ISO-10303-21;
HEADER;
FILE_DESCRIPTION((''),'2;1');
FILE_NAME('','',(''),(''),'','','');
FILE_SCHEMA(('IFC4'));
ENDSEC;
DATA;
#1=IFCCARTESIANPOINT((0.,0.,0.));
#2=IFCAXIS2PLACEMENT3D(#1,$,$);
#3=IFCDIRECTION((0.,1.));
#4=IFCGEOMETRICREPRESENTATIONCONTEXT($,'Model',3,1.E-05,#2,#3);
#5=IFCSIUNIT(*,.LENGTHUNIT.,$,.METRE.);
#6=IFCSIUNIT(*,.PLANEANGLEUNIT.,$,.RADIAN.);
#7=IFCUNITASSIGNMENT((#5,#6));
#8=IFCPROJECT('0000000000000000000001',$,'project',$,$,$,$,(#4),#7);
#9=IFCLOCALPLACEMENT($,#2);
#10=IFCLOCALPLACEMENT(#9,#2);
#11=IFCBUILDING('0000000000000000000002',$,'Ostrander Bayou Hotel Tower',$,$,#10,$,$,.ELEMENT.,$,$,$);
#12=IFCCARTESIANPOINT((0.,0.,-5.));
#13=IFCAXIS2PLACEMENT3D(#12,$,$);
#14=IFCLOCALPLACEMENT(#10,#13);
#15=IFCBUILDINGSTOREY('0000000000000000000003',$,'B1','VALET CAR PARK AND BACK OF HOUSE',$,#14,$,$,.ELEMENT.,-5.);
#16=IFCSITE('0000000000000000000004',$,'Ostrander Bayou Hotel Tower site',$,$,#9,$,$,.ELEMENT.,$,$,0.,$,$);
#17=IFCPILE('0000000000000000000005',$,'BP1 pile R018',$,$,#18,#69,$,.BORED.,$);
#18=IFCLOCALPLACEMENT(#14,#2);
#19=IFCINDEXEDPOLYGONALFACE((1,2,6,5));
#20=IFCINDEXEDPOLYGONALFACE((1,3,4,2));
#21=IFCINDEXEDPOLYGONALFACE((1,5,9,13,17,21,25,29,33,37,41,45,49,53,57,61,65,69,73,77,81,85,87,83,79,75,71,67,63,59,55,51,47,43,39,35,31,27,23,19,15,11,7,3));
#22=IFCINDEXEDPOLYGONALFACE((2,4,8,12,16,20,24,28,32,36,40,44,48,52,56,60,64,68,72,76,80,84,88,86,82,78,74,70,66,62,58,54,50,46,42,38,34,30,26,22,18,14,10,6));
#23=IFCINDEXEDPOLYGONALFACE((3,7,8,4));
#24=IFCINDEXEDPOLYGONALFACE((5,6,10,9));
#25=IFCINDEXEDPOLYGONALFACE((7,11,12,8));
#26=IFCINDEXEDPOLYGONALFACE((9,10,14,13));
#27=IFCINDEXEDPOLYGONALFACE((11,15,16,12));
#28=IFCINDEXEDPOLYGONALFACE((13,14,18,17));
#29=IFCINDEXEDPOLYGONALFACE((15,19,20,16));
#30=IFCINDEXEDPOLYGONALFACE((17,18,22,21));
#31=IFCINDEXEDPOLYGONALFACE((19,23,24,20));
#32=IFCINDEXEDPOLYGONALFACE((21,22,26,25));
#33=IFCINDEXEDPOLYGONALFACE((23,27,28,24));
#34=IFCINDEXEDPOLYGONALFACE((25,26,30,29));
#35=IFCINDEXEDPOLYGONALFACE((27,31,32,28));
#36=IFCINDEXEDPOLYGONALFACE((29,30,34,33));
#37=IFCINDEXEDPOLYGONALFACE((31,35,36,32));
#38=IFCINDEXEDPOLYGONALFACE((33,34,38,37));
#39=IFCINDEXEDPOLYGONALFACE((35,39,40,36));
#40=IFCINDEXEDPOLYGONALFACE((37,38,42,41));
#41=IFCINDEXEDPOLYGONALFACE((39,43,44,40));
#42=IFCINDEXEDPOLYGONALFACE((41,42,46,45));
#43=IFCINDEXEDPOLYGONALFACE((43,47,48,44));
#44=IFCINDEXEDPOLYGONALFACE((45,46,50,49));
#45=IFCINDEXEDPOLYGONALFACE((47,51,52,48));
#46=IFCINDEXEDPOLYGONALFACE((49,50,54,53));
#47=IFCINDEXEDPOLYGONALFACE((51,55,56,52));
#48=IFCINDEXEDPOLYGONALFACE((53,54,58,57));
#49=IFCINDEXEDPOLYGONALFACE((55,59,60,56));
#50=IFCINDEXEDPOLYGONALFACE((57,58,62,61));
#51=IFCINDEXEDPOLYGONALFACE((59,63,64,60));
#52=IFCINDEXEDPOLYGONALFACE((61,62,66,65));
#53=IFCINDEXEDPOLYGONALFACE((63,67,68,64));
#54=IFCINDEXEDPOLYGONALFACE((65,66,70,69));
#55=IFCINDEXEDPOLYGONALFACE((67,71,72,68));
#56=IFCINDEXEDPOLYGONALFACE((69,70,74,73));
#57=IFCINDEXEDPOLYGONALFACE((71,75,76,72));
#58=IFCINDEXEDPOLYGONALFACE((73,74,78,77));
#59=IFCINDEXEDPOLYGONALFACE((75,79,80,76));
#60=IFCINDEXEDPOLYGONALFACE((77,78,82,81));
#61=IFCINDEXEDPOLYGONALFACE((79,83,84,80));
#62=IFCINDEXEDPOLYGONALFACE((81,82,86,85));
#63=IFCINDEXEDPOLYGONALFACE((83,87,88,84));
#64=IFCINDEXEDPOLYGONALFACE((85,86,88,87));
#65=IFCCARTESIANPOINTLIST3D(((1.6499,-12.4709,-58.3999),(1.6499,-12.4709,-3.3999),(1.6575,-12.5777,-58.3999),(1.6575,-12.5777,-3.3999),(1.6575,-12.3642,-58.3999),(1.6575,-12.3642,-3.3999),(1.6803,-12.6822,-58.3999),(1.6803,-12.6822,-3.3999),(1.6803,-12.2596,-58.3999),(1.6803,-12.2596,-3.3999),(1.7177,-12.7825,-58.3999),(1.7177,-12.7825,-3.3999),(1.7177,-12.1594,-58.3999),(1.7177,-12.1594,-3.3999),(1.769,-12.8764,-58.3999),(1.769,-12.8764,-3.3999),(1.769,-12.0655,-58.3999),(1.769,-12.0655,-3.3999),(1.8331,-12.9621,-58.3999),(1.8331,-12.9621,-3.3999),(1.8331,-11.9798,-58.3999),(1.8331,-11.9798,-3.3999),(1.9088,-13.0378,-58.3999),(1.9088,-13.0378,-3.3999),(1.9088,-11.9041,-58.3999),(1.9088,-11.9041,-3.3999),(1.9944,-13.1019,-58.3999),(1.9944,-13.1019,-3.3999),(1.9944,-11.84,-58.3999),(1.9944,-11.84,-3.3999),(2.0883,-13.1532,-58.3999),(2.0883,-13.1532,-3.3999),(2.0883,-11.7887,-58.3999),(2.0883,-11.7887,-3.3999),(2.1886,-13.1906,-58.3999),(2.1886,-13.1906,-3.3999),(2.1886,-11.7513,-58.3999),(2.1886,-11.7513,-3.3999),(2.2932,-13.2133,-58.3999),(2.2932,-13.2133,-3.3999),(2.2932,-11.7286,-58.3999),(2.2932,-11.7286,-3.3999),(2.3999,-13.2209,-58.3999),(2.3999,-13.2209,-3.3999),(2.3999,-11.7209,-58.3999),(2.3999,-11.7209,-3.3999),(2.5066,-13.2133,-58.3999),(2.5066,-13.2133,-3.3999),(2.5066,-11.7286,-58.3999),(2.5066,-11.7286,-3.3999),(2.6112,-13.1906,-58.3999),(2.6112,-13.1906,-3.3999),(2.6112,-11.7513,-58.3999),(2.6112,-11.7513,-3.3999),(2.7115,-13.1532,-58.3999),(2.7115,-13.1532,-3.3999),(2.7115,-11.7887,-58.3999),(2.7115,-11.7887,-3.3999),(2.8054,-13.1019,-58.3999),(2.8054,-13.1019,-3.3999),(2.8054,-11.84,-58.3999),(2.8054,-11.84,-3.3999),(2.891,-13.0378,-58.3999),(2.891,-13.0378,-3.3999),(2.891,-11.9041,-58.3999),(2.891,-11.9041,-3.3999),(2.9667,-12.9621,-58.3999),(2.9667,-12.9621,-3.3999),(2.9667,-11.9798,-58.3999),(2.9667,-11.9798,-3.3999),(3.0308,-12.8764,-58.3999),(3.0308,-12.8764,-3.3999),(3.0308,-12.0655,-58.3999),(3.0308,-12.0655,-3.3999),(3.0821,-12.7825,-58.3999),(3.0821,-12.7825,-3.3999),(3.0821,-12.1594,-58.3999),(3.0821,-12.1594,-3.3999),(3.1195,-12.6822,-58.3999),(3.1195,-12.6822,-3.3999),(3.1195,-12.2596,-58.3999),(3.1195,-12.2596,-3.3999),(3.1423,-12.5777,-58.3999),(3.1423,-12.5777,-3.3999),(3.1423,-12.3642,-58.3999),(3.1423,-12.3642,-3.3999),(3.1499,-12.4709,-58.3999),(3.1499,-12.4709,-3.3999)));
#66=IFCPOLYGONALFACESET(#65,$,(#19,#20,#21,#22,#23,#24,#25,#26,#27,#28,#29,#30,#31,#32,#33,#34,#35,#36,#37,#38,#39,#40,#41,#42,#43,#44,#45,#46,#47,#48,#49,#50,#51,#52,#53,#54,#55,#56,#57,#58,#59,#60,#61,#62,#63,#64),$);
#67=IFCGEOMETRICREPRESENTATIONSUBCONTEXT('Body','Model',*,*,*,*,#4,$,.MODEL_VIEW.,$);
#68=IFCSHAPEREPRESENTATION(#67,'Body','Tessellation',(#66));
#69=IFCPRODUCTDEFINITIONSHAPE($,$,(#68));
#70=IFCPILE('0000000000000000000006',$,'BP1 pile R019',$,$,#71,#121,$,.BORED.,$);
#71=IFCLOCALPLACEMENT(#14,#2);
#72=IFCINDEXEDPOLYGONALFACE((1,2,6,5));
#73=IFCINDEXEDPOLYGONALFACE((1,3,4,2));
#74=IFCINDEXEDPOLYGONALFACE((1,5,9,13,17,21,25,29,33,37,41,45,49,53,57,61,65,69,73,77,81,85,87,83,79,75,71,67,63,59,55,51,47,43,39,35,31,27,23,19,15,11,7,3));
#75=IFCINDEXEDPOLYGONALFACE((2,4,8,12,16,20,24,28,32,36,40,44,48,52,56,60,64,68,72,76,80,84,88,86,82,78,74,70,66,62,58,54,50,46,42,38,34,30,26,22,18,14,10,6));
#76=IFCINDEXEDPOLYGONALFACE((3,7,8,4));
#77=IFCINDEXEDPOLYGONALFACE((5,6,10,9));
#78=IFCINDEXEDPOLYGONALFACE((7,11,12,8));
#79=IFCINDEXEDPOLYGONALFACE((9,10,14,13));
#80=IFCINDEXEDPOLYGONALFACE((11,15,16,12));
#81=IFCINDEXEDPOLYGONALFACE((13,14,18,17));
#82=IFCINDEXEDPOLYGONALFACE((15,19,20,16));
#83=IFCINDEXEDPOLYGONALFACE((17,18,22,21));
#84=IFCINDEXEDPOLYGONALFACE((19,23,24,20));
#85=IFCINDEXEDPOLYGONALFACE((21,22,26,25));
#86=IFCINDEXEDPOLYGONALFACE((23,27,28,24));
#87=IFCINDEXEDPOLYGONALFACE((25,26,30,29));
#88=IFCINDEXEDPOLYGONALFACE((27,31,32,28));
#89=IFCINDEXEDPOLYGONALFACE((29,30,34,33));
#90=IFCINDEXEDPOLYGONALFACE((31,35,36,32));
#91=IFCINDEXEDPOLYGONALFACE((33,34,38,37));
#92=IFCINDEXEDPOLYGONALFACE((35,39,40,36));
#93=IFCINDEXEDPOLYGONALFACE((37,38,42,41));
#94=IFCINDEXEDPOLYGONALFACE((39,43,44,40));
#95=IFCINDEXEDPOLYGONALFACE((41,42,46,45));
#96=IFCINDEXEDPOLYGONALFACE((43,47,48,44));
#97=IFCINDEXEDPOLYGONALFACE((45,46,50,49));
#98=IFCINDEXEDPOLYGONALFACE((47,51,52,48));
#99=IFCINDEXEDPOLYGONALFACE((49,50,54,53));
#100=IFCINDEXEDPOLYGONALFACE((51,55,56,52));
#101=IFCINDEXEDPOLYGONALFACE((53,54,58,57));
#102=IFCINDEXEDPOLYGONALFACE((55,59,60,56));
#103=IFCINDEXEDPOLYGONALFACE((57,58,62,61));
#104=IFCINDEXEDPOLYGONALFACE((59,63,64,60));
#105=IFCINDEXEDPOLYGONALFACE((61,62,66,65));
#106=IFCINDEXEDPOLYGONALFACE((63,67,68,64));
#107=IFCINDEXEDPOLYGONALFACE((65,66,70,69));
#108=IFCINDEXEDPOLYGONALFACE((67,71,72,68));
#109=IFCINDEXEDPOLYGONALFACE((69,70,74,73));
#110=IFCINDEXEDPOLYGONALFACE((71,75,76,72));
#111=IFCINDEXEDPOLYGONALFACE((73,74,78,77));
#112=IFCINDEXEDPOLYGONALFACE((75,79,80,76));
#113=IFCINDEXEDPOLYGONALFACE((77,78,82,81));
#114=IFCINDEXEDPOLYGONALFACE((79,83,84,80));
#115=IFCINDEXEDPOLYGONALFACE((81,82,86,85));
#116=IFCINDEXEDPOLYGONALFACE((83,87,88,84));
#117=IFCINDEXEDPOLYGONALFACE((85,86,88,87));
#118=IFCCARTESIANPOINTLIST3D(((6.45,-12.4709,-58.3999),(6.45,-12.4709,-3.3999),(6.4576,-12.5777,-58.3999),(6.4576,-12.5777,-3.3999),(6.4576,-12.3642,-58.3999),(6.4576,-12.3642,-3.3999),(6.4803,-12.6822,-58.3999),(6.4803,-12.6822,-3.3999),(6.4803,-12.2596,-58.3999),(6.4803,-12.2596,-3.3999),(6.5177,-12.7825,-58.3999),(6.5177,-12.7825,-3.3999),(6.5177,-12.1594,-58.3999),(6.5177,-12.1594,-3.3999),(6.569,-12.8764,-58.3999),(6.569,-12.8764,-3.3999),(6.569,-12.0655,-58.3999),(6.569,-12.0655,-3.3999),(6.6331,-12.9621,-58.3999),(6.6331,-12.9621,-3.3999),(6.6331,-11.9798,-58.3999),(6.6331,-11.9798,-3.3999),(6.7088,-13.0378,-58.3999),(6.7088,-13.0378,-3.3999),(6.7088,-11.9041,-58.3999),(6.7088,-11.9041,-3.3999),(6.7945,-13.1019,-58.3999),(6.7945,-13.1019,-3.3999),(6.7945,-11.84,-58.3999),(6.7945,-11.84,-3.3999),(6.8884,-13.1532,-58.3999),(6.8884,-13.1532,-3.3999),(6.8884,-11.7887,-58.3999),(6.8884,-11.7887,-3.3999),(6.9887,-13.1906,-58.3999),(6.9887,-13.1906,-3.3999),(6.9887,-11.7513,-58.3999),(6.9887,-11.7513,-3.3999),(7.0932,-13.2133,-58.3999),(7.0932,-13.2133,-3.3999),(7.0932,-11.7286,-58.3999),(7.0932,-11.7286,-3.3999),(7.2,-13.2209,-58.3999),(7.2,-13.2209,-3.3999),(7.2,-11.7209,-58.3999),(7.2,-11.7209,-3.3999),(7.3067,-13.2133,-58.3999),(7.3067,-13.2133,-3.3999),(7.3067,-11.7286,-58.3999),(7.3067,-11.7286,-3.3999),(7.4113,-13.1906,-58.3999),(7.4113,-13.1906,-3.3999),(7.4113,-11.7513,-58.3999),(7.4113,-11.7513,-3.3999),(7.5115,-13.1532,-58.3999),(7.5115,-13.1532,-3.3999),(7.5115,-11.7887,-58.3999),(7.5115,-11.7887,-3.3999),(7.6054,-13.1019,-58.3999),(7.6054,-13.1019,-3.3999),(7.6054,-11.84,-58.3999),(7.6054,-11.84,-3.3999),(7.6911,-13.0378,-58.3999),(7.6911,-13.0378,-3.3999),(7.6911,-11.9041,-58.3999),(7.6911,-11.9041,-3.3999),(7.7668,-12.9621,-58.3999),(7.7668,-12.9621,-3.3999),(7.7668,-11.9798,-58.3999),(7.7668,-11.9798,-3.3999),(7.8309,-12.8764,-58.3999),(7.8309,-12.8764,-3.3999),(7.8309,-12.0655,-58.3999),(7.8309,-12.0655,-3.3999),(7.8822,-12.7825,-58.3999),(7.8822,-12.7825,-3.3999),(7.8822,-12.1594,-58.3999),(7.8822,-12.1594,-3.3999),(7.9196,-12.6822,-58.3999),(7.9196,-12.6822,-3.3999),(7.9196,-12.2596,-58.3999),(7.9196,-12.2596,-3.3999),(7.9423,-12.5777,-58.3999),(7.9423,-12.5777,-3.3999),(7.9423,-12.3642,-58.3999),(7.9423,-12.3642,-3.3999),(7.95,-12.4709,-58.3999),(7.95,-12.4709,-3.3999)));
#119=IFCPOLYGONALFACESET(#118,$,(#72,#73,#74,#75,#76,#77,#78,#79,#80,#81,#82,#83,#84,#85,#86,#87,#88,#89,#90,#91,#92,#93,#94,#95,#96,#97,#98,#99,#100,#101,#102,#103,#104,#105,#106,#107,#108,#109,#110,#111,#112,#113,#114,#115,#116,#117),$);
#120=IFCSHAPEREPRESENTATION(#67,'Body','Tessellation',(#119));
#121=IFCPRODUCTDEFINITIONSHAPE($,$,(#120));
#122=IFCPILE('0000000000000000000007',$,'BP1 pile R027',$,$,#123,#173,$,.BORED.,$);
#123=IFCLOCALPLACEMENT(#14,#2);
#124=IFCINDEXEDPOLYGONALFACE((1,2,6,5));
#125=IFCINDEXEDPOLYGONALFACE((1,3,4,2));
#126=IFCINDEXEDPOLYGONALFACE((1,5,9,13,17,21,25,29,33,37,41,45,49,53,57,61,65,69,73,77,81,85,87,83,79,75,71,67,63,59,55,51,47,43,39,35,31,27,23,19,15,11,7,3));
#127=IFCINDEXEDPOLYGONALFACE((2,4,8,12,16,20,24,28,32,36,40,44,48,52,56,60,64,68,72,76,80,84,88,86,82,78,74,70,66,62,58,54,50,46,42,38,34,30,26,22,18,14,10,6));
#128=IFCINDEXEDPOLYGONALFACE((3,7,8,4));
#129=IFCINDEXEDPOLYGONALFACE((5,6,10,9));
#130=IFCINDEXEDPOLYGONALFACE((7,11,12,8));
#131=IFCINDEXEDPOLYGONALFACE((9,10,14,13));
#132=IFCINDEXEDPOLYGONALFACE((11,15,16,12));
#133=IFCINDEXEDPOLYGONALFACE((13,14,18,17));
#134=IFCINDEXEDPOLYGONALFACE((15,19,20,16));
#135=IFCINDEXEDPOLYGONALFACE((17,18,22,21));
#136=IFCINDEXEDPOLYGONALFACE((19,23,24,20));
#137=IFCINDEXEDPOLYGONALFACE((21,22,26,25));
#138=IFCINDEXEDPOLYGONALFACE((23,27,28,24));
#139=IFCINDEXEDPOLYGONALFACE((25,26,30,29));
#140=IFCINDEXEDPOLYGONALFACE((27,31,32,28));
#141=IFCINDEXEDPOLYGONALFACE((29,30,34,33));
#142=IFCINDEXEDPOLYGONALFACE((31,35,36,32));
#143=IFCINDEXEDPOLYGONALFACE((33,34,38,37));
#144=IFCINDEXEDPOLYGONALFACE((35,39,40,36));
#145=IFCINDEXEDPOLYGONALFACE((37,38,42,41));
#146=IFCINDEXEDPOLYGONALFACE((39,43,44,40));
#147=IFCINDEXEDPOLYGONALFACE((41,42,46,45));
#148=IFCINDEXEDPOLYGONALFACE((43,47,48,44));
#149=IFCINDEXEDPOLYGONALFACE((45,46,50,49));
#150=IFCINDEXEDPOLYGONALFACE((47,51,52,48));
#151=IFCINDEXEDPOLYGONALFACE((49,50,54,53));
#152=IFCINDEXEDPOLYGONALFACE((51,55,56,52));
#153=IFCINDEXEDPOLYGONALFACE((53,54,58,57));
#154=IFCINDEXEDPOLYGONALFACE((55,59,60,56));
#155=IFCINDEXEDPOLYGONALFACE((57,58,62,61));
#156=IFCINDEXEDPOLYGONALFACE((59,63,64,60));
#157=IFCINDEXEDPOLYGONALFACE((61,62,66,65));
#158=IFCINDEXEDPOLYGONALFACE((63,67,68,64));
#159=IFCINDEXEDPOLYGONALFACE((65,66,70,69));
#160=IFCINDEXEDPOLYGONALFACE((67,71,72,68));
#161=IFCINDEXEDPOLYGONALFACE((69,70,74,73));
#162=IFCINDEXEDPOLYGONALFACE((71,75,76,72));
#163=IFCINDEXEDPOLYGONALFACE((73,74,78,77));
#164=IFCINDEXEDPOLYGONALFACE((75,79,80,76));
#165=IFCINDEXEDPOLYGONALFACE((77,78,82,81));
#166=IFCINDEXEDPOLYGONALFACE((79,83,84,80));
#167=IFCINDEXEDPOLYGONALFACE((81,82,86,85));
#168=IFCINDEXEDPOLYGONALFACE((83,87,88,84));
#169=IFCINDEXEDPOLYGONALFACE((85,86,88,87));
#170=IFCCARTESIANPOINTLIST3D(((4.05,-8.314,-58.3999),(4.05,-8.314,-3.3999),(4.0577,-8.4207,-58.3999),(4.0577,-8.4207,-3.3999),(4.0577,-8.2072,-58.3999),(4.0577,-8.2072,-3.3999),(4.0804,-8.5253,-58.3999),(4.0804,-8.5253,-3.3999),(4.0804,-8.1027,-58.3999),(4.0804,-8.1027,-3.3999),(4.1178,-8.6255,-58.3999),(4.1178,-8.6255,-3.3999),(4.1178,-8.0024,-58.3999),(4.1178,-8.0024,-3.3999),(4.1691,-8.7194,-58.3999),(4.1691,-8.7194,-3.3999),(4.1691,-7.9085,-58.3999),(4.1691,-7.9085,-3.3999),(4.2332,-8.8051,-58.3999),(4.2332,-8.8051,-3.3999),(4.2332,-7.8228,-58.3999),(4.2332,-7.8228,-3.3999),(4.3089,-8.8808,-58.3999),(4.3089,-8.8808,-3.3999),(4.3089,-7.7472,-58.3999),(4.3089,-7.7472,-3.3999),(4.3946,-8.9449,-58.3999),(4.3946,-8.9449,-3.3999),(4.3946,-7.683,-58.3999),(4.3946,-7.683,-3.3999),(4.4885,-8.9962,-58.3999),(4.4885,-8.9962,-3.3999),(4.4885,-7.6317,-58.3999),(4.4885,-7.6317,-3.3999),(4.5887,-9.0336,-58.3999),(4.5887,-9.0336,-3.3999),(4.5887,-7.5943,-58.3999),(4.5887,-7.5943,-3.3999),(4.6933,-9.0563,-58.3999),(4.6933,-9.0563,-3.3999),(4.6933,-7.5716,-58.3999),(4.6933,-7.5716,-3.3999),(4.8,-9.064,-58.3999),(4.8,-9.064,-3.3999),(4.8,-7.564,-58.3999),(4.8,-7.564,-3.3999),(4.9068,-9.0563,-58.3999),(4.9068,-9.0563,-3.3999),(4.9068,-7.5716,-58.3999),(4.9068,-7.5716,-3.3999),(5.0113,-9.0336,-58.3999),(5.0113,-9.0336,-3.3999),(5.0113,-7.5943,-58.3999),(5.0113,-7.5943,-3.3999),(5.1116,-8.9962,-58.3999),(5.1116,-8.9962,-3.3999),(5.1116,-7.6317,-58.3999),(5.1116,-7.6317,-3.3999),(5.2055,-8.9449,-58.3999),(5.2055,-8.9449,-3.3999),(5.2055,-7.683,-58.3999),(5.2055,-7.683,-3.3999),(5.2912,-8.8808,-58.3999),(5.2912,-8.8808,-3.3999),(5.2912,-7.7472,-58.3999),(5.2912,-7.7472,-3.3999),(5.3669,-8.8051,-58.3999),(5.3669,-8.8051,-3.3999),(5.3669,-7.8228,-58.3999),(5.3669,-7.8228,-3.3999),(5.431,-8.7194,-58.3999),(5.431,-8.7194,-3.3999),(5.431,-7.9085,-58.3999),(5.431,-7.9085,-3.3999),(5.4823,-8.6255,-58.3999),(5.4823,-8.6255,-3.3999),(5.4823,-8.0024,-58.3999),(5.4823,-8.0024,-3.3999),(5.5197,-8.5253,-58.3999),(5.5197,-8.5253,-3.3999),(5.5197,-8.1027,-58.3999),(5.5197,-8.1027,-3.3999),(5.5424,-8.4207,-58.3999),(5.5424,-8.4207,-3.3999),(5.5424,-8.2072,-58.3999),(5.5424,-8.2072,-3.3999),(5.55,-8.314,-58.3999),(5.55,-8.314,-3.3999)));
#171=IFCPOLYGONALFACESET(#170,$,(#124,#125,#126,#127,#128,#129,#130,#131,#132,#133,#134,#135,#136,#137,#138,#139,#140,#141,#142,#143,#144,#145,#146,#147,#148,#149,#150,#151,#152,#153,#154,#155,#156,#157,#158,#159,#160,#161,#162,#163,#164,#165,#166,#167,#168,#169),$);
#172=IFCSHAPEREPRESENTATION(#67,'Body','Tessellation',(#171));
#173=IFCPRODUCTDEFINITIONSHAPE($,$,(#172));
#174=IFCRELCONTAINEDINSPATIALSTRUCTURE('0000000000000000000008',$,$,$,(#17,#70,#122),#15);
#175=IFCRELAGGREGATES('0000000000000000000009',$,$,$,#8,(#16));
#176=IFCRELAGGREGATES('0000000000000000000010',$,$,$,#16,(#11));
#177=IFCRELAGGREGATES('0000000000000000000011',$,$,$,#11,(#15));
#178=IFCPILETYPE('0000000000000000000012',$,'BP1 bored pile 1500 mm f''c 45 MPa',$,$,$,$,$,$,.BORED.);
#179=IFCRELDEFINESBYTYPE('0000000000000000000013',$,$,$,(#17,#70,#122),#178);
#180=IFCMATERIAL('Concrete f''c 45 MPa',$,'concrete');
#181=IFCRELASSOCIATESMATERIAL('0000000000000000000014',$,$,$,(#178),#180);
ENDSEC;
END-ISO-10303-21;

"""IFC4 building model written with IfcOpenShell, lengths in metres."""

from ifc_helpers import new_model, si_unit, direction, frame, origin, origin_2d, place, context, subcontext, project, spatial, circle, extrude, material, material_profile, profile_set, type_object, element, save


model = new_model("IFC4")

# Units and contexts
model_context = context("Model", 3, precision=1e-05, world=origin(), true_north=direction((0.0, 1.0)))
body_context = subcontext(model_context, "Body", "Model", "MODEL_VIEW")
ifc_project = project(units=[si_unit("LENGTHUNIT", "METRE"), si_unit("PLANEANGLEUNIT", "RADIAN")], contexts=[model_context])

# Site, building, storey
site_placement = place(None, origin())
site = spatial("IfcSite", under=ifc_project, at=site_placement, Name="Ostrander Bayou Hotel Tower site", CompositionType="ELEMENT", RefElevation=0.0)
building_placement = place(site_placement, origin())
building = spatial("IfcBuilding", under=site, at=building_placement, Name="Ostrander Bayou Hotel Tower", CompositionType="ELEMENT")
storey_placement = place(building_placement, frame((0.0, 0.0, -5.0)))
storey = spatial("IfcBuildingStorey", under=building, at=storey_placement, Name="B1", Description="VALET CAR PARK AND BACK OF HOUSE", CompositionType="ELEMENT", Elevation=-5.0)

# Piles
ifc_material_1 = material(Name="Concrete f'c 45 MPa", Category="concrete")
ifc_material_profile = material_profile(ifc_material_1, circle(Radius=0.75, at=origin_2d()))
ifc_profile_set = profile_set([ifc_material_profile], Name="Concrete f'c 45 MPa")
pile_type = type_object("IfcPileType", Name="BP1 bored pile 1500 mm f'c 45 MPa", PredefinedType="BORED", material=ifc_profile_set)
for number, where, z_axis, x_axis, name in (
    (1, (2.3999, -12.4709, -3.3999), (0.0, 0.0, -1.0), (1.0, 0.0, 0.0), "BP1 pile R018"),
    (2, (7.2, -12.4709, -3.3999), (0.0, 0.0, -1.0), (1.0, 0.0, 0.0), "BP1 pile R019"),
    (3, (4.8, -8.314, -3.3999), (0.0, 0.0, -1.0), (1.0, 0.0, 0.0), "BP1 pile R027"),
):
    element("IfcPile", number, at=place(storey_placement, frame(where, z_axis=z_axis, x_axis=x_axis)), inside=storey, type_object=pile_type, Name=name, PredefinedType="BORED", context=body_context, shape_type="SweptSolid", body=[
        extrude(circle(Radius=0.75, at=origin_2d()), origin(), (0.0, 0.0, 1.0), 55.0),
    ])

save(model, "model.ifc")
